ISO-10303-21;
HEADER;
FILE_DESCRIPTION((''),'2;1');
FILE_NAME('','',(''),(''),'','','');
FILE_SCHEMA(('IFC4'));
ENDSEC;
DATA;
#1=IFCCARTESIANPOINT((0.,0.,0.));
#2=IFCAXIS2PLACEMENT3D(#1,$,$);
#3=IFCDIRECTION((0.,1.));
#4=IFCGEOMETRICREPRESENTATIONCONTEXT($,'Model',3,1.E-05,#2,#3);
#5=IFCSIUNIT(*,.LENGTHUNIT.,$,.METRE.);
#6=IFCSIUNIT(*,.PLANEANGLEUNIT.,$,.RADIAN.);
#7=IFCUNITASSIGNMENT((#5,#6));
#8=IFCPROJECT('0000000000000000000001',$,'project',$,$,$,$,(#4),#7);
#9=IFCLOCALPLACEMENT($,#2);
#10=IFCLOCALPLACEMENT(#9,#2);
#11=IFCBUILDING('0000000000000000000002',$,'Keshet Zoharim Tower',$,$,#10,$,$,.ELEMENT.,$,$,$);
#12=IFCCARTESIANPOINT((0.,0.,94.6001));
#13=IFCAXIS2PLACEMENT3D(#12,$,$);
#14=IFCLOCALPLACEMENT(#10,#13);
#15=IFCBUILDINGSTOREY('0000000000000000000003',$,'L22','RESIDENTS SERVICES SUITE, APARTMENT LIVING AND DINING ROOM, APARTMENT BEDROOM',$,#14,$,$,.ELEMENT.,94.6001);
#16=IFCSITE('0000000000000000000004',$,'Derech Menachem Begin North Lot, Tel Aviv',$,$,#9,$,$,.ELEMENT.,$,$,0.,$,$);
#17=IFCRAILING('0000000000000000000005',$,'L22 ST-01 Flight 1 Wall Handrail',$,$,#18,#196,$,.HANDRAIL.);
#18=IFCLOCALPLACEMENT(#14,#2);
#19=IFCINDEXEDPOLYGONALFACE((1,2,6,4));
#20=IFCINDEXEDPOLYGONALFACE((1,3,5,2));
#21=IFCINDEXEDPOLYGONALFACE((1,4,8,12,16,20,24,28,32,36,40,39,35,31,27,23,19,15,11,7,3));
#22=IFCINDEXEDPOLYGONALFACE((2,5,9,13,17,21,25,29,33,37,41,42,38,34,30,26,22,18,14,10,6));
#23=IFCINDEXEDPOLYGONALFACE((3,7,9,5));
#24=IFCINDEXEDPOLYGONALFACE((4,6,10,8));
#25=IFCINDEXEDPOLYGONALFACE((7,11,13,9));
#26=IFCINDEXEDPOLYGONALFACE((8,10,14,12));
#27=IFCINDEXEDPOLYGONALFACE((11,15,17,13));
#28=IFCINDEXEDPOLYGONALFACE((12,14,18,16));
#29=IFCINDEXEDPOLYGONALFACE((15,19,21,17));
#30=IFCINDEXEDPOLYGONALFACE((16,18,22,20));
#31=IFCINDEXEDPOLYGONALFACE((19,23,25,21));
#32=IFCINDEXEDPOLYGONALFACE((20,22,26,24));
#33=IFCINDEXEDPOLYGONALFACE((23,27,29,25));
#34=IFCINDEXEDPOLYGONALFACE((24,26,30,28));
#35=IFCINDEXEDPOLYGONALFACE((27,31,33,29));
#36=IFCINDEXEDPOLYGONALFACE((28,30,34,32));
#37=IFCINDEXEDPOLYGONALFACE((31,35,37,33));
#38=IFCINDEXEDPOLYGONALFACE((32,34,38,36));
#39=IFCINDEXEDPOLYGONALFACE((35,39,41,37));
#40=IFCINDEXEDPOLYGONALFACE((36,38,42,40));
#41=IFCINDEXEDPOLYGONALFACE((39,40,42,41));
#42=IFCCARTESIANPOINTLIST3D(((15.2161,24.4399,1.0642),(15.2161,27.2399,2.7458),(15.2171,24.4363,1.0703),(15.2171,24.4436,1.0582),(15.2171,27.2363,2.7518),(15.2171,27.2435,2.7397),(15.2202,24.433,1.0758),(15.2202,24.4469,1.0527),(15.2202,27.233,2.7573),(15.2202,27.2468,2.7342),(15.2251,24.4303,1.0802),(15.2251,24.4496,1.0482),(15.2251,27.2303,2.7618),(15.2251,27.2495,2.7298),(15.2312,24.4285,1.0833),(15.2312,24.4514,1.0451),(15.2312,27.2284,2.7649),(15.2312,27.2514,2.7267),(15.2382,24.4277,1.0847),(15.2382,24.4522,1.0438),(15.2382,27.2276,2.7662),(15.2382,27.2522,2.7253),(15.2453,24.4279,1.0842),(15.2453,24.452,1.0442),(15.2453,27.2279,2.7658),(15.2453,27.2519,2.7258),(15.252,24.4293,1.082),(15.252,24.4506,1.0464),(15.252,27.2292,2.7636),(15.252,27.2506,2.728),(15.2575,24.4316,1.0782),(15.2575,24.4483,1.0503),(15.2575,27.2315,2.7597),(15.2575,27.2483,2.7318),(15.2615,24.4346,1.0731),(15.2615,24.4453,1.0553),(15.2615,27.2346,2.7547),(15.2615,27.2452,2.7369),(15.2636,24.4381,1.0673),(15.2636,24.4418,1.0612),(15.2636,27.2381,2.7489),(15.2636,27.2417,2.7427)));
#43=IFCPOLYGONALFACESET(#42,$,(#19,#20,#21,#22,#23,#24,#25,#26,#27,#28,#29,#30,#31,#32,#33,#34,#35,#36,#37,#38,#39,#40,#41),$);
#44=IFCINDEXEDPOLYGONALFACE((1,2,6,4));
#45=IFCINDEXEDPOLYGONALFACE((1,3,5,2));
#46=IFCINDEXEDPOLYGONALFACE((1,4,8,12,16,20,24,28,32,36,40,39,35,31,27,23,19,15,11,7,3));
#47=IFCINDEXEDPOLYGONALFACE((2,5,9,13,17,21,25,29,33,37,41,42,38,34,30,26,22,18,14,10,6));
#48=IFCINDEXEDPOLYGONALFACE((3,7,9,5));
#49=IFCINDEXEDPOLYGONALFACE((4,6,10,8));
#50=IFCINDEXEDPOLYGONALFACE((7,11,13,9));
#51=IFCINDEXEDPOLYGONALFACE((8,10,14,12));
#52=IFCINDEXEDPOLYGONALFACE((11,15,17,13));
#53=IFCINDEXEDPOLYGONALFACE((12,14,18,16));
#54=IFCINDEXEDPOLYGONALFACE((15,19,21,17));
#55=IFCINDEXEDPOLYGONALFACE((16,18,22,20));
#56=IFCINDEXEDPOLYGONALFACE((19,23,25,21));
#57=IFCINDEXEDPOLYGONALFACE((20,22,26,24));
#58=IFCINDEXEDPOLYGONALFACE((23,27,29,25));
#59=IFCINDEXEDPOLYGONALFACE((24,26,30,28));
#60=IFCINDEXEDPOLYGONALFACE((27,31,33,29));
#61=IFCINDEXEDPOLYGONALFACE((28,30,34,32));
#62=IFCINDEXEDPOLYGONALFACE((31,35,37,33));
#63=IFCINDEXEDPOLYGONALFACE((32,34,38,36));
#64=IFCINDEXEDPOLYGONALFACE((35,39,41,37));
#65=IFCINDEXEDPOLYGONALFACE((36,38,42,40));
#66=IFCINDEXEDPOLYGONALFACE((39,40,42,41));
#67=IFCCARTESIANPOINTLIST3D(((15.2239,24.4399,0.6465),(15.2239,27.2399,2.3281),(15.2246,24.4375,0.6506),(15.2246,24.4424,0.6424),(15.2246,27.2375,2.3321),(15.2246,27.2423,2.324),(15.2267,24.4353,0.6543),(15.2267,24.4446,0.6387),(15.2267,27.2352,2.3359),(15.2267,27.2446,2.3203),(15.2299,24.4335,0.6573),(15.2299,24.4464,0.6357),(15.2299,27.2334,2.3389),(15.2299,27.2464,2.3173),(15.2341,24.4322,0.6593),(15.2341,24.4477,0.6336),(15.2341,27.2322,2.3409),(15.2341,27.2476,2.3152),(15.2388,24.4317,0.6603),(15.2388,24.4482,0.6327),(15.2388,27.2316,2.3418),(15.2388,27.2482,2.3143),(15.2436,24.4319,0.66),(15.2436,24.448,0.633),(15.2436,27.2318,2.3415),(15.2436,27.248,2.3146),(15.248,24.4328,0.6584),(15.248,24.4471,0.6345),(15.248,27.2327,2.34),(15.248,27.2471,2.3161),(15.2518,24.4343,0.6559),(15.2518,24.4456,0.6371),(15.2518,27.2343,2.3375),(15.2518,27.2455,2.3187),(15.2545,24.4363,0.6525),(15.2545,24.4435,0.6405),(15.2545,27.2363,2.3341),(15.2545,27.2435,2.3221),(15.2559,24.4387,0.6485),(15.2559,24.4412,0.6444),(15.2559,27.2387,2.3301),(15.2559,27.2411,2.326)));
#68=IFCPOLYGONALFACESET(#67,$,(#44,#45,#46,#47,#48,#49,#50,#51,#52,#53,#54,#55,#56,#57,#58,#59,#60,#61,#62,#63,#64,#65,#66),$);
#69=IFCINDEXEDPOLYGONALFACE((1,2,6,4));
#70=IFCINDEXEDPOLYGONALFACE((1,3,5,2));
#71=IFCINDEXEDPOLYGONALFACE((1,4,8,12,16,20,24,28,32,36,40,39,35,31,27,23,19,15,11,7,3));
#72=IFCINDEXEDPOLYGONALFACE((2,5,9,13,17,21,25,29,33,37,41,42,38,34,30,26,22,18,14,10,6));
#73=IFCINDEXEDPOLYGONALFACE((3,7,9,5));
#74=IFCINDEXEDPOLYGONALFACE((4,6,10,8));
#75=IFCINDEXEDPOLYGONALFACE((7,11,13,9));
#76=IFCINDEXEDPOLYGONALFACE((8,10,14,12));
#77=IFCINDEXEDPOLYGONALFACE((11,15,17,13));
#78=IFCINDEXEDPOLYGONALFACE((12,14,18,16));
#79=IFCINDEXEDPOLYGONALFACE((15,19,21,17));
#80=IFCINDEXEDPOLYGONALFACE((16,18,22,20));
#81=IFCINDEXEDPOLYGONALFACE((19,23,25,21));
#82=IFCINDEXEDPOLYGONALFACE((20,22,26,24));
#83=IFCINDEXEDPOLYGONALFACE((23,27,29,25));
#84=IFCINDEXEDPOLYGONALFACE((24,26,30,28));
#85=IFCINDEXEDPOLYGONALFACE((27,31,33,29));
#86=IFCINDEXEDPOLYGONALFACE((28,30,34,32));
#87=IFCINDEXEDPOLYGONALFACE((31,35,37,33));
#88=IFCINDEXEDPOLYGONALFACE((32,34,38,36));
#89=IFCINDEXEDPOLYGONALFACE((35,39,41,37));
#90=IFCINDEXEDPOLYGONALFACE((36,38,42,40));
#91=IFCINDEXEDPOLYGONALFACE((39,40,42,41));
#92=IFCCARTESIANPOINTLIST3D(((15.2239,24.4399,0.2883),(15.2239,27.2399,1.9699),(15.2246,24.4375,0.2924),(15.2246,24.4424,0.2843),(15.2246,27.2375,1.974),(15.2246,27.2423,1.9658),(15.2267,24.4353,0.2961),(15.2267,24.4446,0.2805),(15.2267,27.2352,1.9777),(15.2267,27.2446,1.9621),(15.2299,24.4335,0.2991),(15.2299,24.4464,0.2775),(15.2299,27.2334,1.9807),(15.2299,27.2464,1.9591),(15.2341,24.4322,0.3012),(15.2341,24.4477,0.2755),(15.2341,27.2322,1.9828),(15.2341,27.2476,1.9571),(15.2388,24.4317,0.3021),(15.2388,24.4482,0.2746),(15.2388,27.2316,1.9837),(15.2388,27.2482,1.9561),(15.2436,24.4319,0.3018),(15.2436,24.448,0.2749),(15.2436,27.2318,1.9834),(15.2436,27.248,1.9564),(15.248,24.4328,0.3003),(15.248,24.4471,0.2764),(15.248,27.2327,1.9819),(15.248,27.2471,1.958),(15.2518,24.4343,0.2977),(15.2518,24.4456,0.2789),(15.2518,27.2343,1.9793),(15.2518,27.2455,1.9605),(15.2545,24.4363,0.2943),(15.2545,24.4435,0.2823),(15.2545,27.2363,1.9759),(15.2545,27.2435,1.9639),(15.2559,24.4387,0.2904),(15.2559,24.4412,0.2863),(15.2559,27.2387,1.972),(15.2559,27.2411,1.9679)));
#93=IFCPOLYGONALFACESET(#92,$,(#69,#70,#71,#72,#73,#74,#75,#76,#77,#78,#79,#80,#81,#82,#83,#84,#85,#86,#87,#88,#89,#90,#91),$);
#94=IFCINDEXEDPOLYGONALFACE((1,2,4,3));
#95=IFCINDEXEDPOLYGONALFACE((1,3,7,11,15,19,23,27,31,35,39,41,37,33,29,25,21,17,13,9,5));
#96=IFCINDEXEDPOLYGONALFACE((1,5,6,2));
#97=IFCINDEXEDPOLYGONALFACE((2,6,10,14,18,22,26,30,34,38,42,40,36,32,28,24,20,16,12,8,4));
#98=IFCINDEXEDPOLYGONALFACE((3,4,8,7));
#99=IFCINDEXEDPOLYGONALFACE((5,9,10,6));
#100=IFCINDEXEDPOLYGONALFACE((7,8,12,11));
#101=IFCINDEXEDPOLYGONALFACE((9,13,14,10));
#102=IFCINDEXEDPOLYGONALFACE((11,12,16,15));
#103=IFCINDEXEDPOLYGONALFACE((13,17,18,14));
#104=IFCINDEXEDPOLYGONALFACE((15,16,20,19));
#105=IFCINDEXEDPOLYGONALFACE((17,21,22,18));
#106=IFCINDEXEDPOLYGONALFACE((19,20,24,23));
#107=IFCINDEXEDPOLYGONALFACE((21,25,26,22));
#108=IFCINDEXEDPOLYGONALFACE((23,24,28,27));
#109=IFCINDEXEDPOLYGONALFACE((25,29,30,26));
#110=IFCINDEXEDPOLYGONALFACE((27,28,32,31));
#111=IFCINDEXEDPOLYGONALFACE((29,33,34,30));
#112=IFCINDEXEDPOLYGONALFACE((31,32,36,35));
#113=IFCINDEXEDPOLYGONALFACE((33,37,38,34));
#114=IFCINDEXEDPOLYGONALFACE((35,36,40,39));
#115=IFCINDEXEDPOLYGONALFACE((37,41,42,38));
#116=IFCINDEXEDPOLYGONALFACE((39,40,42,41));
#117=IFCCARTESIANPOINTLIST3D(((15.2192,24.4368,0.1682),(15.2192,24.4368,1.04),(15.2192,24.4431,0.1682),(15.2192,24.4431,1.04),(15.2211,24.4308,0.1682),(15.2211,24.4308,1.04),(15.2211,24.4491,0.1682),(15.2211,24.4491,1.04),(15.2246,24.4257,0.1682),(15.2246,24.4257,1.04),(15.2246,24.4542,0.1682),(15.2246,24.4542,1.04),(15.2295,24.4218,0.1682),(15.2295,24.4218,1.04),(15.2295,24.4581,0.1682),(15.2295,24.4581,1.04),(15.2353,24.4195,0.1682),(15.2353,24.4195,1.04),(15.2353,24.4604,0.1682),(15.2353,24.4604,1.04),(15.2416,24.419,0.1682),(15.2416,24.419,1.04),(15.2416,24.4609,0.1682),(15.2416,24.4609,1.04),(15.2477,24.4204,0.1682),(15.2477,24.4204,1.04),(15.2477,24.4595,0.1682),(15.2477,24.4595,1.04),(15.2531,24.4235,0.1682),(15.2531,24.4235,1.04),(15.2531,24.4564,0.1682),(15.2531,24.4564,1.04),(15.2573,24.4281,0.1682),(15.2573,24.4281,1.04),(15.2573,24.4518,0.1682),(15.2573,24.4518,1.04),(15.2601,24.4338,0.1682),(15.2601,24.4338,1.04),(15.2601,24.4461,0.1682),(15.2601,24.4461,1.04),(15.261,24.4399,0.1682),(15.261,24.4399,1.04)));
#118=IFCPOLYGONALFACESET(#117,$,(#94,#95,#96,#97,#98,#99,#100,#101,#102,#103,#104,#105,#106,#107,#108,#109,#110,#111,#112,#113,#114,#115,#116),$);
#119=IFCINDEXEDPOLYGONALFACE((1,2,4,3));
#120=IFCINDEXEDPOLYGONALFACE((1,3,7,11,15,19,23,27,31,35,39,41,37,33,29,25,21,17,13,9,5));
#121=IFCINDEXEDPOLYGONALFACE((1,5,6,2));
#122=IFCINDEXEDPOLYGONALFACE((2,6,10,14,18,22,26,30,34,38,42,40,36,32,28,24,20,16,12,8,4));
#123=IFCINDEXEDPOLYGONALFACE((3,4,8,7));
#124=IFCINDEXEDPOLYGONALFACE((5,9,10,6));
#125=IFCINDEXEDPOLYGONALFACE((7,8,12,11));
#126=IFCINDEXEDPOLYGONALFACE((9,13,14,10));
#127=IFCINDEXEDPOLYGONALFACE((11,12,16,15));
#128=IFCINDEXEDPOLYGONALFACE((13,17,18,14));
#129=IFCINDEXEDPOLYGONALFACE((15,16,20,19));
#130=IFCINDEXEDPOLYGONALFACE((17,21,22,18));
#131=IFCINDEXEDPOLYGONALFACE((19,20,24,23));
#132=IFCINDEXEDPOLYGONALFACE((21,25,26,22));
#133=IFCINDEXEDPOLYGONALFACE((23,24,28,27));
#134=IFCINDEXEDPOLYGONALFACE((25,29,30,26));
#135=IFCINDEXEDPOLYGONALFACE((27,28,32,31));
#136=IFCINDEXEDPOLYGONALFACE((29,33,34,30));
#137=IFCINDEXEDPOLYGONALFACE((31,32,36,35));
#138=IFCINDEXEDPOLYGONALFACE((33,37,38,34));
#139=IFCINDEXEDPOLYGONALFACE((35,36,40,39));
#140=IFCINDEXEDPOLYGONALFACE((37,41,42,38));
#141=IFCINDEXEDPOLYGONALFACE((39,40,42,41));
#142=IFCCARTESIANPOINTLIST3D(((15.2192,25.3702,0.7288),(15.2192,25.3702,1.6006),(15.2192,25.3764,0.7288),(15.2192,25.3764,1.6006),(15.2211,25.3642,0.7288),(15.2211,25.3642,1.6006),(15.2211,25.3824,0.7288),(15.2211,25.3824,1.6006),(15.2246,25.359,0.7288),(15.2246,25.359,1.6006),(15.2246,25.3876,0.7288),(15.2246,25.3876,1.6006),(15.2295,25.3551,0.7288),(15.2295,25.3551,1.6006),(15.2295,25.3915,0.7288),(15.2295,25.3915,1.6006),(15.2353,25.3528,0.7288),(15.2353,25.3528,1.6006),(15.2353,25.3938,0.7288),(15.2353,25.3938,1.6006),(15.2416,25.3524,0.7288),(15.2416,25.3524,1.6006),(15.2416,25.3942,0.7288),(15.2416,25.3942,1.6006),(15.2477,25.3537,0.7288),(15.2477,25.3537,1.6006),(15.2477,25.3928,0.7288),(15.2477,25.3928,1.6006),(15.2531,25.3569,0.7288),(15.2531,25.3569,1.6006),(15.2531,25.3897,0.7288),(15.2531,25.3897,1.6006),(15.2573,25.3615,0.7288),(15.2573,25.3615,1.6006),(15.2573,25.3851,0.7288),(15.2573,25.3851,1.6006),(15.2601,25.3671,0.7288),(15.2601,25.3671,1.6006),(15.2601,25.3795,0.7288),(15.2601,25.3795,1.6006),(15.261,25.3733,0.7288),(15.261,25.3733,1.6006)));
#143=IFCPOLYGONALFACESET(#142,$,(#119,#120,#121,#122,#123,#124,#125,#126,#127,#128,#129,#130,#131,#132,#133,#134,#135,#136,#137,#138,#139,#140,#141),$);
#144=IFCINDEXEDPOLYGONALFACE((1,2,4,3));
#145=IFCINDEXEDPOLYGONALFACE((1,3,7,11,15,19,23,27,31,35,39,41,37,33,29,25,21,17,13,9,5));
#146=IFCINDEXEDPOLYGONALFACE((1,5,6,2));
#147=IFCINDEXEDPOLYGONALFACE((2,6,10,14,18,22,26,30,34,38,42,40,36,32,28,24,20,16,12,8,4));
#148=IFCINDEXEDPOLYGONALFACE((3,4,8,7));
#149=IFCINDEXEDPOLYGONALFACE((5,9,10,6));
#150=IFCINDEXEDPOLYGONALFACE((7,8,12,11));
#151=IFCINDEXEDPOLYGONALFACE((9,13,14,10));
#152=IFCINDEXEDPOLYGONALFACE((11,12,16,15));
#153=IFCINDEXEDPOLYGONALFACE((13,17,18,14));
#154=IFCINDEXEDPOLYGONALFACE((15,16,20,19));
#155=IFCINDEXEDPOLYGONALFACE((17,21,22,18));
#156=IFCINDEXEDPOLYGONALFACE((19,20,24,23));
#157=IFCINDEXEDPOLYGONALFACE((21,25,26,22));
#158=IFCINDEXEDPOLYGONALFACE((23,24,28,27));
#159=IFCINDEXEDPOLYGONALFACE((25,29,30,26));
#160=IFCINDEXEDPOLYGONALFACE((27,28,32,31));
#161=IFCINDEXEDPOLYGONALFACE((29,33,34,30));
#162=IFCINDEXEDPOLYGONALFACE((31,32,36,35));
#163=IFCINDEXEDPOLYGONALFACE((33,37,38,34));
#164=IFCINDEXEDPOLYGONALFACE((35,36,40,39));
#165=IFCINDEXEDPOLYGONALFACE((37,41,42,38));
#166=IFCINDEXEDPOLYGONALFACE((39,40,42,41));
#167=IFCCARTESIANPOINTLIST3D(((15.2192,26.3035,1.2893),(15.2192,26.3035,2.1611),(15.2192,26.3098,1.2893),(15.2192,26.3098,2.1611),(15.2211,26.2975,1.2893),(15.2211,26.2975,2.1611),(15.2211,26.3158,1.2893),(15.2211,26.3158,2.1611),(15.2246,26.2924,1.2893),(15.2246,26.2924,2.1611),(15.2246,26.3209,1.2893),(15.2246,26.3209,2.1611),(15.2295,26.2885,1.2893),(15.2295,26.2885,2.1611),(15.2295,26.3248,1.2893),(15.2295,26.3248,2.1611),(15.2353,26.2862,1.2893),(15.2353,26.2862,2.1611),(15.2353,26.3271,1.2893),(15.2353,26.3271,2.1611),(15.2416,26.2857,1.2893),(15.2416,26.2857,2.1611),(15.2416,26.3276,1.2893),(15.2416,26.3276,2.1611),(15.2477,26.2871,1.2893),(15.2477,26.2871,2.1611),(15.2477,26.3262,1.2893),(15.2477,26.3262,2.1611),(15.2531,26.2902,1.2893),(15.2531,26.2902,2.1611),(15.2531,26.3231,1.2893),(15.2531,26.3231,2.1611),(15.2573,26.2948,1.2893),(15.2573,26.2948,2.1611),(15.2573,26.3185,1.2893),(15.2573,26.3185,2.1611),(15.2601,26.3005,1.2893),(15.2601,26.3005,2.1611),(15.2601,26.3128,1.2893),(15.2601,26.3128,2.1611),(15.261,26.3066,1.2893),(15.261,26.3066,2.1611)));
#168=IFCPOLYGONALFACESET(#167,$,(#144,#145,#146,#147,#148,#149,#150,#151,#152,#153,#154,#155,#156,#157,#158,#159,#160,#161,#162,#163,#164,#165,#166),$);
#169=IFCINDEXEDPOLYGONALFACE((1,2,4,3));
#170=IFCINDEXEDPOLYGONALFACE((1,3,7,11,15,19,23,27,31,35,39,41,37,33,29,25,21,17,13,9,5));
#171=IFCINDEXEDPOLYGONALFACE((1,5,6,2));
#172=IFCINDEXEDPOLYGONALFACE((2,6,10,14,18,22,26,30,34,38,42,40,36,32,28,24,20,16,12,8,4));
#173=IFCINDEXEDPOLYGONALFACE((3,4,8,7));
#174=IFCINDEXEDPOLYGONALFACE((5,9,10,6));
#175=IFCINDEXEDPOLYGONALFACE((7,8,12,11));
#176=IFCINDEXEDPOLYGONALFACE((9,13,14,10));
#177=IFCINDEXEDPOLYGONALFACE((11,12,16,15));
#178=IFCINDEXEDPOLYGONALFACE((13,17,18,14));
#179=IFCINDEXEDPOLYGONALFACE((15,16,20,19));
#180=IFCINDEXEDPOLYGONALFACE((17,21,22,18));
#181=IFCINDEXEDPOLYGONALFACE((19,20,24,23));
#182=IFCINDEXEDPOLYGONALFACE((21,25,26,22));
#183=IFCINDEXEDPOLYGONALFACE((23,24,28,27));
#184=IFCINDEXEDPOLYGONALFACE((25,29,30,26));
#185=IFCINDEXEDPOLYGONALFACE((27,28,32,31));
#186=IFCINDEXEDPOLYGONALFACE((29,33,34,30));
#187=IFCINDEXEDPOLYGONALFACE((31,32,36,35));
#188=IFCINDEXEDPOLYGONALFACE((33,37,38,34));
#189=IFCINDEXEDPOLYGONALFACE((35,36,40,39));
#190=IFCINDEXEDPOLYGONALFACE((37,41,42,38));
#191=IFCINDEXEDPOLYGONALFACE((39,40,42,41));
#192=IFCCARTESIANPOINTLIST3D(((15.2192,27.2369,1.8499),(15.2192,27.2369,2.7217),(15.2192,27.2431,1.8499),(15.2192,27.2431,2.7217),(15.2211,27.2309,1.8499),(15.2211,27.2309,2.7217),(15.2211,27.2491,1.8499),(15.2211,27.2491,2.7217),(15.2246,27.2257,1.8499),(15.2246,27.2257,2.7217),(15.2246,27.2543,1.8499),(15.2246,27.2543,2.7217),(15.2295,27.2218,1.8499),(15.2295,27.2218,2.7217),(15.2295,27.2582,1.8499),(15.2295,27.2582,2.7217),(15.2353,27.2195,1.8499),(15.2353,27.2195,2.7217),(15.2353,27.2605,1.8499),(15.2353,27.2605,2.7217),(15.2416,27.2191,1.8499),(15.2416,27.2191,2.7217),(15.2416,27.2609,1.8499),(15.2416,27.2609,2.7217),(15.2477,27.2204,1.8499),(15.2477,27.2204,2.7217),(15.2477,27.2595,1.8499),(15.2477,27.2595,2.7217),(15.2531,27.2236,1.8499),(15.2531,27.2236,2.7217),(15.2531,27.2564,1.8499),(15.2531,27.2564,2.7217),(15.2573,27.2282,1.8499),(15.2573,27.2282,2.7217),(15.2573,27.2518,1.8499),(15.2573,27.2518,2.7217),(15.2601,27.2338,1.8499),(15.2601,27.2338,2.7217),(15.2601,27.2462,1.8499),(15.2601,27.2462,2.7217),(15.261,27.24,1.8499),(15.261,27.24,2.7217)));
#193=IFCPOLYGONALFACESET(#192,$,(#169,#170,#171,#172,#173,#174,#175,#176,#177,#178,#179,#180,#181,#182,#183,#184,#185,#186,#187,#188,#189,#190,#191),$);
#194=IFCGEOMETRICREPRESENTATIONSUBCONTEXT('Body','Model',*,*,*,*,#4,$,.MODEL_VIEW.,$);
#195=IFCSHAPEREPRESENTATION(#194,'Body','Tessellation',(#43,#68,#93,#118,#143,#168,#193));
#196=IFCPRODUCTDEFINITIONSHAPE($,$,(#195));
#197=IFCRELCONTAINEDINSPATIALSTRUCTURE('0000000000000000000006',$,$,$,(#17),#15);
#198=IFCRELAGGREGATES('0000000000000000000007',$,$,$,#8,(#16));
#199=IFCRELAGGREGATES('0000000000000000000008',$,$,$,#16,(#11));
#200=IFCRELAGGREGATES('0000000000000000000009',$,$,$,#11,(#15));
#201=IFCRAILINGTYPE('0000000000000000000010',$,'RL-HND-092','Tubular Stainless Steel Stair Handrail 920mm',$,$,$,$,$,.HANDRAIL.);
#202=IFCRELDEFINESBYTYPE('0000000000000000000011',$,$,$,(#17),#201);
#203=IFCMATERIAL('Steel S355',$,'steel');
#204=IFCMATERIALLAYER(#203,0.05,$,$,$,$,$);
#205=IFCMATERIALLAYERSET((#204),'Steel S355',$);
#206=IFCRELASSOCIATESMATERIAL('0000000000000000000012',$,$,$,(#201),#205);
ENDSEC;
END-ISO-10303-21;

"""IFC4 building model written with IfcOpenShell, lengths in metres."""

from ifc_helpers import new_model, si_unit, direction, frame, origin, origin_2d, place, context, subcontext, project, spatial, circle, extrude, material, layer, layer_set, type_object, element, save


model = new_model("IFC4")

# Units and contexts
model_context = context("Model", 3, precision=1e-05, world=origin(), true_north=direction((0.0, 1.0)))
body_context = subcontext(model_context, "Body", "Model", "MODEL_VIEW")
ifc_project = project(units=[si_unit("LENGTHUNIT", "METRE"), si_unit("PLANEANGLEUNIT", "RADIAN")], contexts=[model_context])

# Site, building, storey
site_placement = place(None, origin())
site = spatial("IfcSite", under=ifc_project, at=site_placement, Name="Derech Menachem Begin North Lot, Tel Aviv", CompositionType="ELEMENT", RefElevation=0.0)
building_placement = place(site_placement, origin())
building = spatial("IfcBuilding", under=site, at=building_placement, Name="Keshet Zoharim Tower", CompositionType="ELEMENT")
storey_placement = place(building_placement, frame((0.0, 0.0, 94.6001)))
storey = spatial("IfcBuildingStorey", under=building, at=storey_placement, Name="L22", Description="RESIDENTS SERVICES SUITE, APARTMENT LIVING AND DINING ROOM, APARTMENT BEDROOM", CompositionType="ELEMENT", Elevation=94.6001)

# Shared definitions
ifc_material_1 = material(Name="Steel S355", Category="steel")

# Railing
ifc_layer_1 = layer(ifc_material_1, 0.05)
ifc_layer_set_1 = layer_set([ifc_layer_1], Name="Steel S355")
railing_type_1 = type_object("IfcRailingType", Name="RL-HND-092", Description="Tubular Stainless Steel Stair Handrail 920mm", PredefinedType="HANDRAIL", material=ifc_layer_set_1)
railing_1_placement = place(storey_placement, frame((15.24, 24.4399, 0.1682)))
element("IfcRailing", 1, at=railing_1_placement, inside=storey, type_object=railing_type_1, Name="L22 ST-01 Flight 1 Wall Handrail", PredefinedType="HANDRAIL", context=body_context, shape_type="SweptSolid", body=[
    extrude(circle(Radius=0.0239, at=origin_2d()), frame((0.0, 0.0, 0.896), z_axis=(0.0, 0.857275, 0.514858), x_axis=(-1.0, 0.0, 0.0)), (0.0, 0.0, 1.0), 3.2661),
    extrude(circle(Radius=0.0161, at=origin_2d()), frame((0.0, 0.0, 0.4783), z_axis=(0.0, 0.857275, 0.514858), x_axis=(-1.0, 0.0, 0.0)), (0.0, 0.0, 1.0), 3.2661),
    extrude(circle(Radius=0.0161, at=origin_2d()), frame((0.0, 0.0, 0.1201), z_axis=(0.0, 0.857275, 0.514858), x_axis=(-1.0, 0.0, 0.0)), (0.0, 0.0, 1.0), 3.2661),
    extrude(circle(Radius=0.021, at=origin_2d()), origin(), (0.0, 0.0, 1.0), 0.8718),
    extrude(circle(Radius=0.021, at=origin_2d()), frame((0.0, 0.9333, 0.5605)), (0.0, 0.0, 1.0), 0.8718),
    extrude(circle(Radius=0.021, at=origin_2d()), frame((0.0, 1.8667, 1.1211)), (0.0, 0.0, 1.0), 0.8718),
    extrude(circle(Radius=0.021, at=origin_2d()), frame((0.0, 2.8, 1.6816)), (0.0, 0.0, 1.0), 0.8718),
])

save(model, "model.ifc")
